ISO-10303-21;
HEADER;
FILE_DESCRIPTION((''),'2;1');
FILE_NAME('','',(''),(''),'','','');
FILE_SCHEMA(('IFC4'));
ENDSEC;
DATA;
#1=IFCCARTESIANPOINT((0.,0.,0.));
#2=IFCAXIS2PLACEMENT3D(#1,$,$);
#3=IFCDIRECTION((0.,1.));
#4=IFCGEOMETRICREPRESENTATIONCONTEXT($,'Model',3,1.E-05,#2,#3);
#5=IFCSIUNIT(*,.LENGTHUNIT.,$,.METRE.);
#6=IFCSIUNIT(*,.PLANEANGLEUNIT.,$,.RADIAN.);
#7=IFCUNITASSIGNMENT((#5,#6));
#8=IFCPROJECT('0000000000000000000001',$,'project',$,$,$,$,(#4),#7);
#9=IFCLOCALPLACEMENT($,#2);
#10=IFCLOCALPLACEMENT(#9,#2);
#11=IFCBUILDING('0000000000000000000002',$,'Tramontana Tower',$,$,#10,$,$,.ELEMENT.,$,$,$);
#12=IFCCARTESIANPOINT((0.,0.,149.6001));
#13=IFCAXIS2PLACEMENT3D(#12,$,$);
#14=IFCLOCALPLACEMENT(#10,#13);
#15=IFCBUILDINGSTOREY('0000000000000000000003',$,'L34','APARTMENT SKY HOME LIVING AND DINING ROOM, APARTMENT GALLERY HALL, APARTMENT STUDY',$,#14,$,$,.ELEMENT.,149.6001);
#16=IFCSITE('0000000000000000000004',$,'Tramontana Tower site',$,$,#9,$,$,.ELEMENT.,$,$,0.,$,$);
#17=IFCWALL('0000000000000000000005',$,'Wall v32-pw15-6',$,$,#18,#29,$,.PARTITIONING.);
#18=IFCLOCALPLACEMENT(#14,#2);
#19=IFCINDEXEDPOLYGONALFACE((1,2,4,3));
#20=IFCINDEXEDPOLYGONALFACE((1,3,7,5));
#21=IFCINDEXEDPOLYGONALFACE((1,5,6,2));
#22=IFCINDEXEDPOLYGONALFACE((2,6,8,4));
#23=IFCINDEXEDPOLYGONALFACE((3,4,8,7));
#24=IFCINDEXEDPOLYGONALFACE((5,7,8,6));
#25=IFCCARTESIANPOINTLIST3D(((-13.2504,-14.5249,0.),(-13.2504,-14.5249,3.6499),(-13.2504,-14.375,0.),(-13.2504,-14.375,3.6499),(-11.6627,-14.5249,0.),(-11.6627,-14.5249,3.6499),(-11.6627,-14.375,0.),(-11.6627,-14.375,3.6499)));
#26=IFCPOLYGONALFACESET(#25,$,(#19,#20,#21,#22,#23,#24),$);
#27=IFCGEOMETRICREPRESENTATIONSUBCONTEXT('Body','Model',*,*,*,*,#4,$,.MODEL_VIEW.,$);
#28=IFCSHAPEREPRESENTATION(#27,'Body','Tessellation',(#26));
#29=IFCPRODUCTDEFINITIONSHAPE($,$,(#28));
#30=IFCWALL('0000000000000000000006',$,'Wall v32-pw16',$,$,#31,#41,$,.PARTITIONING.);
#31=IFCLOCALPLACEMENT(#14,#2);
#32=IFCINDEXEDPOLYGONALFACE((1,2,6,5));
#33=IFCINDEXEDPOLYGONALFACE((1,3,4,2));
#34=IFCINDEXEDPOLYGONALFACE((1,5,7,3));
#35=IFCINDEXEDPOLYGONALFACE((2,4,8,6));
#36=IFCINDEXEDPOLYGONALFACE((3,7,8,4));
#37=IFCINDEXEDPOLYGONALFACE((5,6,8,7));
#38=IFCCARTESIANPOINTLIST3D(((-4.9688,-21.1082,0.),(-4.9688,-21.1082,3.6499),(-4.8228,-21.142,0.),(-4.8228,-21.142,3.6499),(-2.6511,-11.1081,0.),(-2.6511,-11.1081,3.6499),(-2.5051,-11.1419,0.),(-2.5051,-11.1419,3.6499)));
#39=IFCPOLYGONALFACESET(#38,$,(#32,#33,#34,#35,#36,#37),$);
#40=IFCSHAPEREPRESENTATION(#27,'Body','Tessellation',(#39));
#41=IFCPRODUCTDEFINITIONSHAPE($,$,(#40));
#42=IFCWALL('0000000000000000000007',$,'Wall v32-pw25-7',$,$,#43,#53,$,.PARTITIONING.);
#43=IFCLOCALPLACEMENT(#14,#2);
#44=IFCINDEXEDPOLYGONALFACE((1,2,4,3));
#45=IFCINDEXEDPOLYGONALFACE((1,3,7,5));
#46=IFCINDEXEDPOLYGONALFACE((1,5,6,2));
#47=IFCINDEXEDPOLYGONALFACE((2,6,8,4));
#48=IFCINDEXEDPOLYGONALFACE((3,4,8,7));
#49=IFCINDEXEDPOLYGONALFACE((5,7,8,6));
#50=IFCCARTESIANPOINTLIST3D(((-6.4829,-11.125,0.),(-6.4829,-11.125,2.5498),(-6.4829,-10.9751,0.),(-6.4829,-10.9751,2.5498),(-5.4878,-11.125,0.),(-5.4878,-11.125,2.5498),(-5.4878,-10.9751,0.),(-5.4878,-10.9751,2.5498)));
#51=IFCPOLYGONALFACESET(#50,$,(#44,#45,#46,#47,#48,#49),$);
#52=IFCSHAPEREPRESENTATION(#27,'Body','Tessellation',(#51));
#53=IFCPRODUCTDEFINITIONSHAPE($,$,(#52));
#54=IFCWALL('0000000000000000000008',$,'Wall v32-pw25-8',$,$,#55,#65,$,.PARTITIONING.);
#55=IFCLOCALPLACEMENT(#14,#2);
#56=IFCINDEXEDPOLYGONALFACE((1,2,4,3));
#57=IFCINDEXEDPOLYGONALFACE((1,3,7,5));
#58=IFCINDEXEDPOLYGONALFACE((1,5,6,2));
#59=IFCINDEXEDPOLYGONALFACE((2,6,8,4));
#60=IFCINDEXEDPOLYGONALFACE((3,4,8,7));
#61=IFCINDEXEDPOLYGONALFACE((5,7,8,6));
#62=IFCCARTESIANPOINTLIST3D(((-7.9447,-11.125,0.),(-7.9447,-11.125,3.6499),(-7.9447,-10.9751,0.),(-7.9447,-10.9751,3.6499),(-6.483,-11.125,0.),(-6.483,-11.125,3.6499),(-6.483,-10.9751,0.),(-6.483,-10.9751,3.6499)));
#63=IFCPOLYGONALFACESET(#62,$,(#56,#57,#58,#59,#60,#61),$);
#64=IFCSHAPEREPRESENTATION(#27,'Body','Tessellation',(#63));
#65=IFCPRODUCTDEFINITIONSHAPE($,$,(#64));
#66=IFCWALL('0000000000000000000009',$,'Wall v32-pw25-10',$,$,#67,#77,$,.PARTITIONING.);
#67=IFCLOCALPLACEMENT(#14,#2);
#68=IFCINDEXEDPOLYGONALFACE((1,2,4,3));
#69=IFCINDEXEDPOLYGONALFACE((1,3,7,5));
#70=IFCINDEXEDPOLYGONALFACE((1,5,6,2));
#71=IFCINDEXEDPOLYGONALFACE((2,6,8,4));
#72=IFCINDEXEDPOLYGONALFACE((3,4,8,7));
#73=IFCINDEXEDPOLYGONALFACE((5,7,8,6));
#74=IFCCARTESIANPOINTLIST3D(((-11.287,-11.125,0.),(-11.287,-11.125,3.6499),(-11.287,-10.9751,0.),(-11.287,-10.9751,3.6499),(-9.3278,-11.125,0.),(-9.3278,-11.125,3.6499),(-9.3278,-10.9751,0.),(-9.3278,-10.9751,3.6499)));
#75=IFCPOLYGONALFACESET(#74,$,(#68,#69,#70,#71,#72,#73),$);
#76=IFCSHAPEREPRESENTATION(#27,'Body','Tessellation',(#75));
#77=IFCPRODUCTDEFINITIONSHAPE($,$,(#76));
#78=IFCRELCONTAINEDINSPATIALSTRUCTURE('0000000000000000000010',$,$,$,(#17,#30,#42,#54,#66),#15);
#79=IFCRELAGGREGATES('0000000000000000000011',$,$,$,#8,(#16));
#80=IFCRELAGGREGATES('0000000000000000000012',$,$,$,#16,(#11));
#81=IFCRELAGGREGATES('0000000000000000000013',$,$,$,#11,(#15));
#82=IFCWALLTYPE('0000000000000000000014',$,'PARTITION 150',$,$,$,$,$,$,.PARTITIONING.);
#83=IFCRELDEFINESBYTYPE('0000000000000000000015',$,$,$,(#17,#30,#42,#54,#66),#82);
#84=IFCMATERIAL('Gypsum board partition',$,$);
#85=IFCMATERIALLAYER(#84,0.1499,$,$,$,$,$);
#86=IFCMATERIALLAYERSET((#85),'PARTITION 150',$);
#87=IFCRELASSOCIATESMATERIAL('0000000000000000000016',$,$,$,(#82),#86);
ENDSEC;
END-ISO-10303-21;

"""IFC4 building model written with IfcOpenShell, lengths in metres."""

from ifc_helpers import new_model, si_unit, direction, frame, frame_2d, origin, place, context, subcontext, project, spatial, rectangle, extrude, material, layer, layer_set, type_object, element, save


model = new_model("IFC4")

# Units and contexts
model_context = context("Model", 3, precision=1e-05, world=origin(), true_north=direction((0.0, 1.0)))
body_context = subcontext(model_context, "Body", "Model", "MODEL_VIEW")
ifc_project = project(units=[si_unit("LENGTHUNIT", "METRE"), si_unit("PLANEANGLEUNIT", "RADIAN")], contexts=[model_context])

# Site, building, storey
site_placement = place(None, origin())
site = spatial("IfcSite", under=ifc_project, at=site_placement, Name="Tramontana Tower site", CompositionType="ELEMENT", RefElevation=0.0)
building_placement = place(site_placement, origin())
building = spatial("IfcBuilding", under=site, at=building_placement, Name="Tramontana Tower", CompositionType="ELEMENT")
storey_placement = place(building_placement, frame((0.0, 0.0, 149.6001)))
storey = spatial("IfcBuildingStorey", under=building, at=storey_placement, Name="L34", Description="APARTMENT SKY HOME LIVING AND DINING ROOM, APARTMENT GALLERY HALL, APARTMENT STUDY", CompositionType="ELEMENT", Elevation=149.6001)

# Walls
ifc_material_1 = material(Name="Gypsum board partition")
ifc_layer_1 = layer(ifc_material_1, 0.1499)
ifc_layer_set_1 = layer_set([ifc_layer_1], Name="PARTITION 150")
wall_type_1 = type_object("IfcWallType", Name="PARTITION 150", PredefinedType="PARTITIONING", material=ifc_layer_set_1)
wall_1_placement = place(storey_placement, frame((-11.6626, -14.45, 0.0), z_axis=(0.0, 0.0, 1.0), x_axis=(-1.0, 0.0, 0.0)))
element("IfcWall", 1, at=wall_1_placement, inside=storey, type_object=wall_type_1, Name="Wall v32-pw15-6", PredefinedType="PARTITIONING", context=body_context, shape_type="SweptSolid", body=[
    extrude(rectangle(XDim=1.5876, YDim=0.1499, at=frame_2d((0.7939, 0.0))), origin(), (0.0, 0.0, 1.0), 3.6499),
])
wall_2_placement = place(storey_placement, frame((-2.5781, -11.125, 0.0), z_axis=(0.0, 0.0, 1.0), x_axis=(-0.225778, -0.974179, 0.0)))
element("IfcWall", 2, at=wall_2_placement, inside=storey, type_object=wall_type_1, Name="Wall v32-pw16", PredefinedType="PARTITIONING", context=body_context, shape_type="SweptSolid", body=[
    extrude(rectangle(XDim=10.2651, YDim=0.1499, at=frame_2d((5.1326, 0.0))), origin(), (0.0, 0.0, 1.0), 3.6499),
])

# Walls
wall_3_placement = place(storey_placement, frame((-5.4878, -11.05, 0.0), z_axis=(0.0, 0.0, 1.0), x_axis=(-1.0, 0.0, 0.0)))
element("IfcWall", 3, at=wall_3_placement, inside=storey, type_object=wall_type_1, Name="Wall v32-pw25-7", PredefinedType="PARTITIONING", context=body_context, shape_type="SweptSolid", body=[
    extrude(rectangle(XDim=0.9951, YDim=0.1499, at=frame_2d((0.4976, 0.0))), origin(), (0.0, 0.0, 1.0), 2.5498),
])
wall_4_placement = place(storey_placement, frame((-6.4829, -11.05, 0.0), z_axis=(0.0, 0.0, 1.0), x_axis=(-1.0, 0.0, 0.0)))
element("IfcWall", 4, at=wall_4_placement, inside=storey, type_object=wall_type_1, Name="Wall v32-pw25-8", PredefinedType="PARTITIONING", context=body_context, shape_type="SweptSolid", body=[
    extrude(rectangle(XDim=1.4617, YDim=0.1499, at=frame_2d((0.731, 0.0))), origin(), (0.0, 0.0, 1.0), 3.6499),
])

# Wall
wall_5_placement = place(storey_placement, frame((-9.3279, -11.05, 0.0), z_axis=(0.0, 0.0, 1.0), x_axis=(-1.0, 0.0, 0.0)))
element("IfcWall", 5, at=wall_5_placement, inside=storey, type_object=wall_type_1, Name="Wall v32-pw25-10", PredefinedType="PARTITIONING", context=body_context, shape_type="SweptSolid", body=[
    extrude(rectangle(XDim=1.9592, YDim=0.1499, at=frame_2d((0.9795, 0.0))), origin(), (0.0, 0.0, 1.0), 3.6499),
])

save(model, "model.ifc")
